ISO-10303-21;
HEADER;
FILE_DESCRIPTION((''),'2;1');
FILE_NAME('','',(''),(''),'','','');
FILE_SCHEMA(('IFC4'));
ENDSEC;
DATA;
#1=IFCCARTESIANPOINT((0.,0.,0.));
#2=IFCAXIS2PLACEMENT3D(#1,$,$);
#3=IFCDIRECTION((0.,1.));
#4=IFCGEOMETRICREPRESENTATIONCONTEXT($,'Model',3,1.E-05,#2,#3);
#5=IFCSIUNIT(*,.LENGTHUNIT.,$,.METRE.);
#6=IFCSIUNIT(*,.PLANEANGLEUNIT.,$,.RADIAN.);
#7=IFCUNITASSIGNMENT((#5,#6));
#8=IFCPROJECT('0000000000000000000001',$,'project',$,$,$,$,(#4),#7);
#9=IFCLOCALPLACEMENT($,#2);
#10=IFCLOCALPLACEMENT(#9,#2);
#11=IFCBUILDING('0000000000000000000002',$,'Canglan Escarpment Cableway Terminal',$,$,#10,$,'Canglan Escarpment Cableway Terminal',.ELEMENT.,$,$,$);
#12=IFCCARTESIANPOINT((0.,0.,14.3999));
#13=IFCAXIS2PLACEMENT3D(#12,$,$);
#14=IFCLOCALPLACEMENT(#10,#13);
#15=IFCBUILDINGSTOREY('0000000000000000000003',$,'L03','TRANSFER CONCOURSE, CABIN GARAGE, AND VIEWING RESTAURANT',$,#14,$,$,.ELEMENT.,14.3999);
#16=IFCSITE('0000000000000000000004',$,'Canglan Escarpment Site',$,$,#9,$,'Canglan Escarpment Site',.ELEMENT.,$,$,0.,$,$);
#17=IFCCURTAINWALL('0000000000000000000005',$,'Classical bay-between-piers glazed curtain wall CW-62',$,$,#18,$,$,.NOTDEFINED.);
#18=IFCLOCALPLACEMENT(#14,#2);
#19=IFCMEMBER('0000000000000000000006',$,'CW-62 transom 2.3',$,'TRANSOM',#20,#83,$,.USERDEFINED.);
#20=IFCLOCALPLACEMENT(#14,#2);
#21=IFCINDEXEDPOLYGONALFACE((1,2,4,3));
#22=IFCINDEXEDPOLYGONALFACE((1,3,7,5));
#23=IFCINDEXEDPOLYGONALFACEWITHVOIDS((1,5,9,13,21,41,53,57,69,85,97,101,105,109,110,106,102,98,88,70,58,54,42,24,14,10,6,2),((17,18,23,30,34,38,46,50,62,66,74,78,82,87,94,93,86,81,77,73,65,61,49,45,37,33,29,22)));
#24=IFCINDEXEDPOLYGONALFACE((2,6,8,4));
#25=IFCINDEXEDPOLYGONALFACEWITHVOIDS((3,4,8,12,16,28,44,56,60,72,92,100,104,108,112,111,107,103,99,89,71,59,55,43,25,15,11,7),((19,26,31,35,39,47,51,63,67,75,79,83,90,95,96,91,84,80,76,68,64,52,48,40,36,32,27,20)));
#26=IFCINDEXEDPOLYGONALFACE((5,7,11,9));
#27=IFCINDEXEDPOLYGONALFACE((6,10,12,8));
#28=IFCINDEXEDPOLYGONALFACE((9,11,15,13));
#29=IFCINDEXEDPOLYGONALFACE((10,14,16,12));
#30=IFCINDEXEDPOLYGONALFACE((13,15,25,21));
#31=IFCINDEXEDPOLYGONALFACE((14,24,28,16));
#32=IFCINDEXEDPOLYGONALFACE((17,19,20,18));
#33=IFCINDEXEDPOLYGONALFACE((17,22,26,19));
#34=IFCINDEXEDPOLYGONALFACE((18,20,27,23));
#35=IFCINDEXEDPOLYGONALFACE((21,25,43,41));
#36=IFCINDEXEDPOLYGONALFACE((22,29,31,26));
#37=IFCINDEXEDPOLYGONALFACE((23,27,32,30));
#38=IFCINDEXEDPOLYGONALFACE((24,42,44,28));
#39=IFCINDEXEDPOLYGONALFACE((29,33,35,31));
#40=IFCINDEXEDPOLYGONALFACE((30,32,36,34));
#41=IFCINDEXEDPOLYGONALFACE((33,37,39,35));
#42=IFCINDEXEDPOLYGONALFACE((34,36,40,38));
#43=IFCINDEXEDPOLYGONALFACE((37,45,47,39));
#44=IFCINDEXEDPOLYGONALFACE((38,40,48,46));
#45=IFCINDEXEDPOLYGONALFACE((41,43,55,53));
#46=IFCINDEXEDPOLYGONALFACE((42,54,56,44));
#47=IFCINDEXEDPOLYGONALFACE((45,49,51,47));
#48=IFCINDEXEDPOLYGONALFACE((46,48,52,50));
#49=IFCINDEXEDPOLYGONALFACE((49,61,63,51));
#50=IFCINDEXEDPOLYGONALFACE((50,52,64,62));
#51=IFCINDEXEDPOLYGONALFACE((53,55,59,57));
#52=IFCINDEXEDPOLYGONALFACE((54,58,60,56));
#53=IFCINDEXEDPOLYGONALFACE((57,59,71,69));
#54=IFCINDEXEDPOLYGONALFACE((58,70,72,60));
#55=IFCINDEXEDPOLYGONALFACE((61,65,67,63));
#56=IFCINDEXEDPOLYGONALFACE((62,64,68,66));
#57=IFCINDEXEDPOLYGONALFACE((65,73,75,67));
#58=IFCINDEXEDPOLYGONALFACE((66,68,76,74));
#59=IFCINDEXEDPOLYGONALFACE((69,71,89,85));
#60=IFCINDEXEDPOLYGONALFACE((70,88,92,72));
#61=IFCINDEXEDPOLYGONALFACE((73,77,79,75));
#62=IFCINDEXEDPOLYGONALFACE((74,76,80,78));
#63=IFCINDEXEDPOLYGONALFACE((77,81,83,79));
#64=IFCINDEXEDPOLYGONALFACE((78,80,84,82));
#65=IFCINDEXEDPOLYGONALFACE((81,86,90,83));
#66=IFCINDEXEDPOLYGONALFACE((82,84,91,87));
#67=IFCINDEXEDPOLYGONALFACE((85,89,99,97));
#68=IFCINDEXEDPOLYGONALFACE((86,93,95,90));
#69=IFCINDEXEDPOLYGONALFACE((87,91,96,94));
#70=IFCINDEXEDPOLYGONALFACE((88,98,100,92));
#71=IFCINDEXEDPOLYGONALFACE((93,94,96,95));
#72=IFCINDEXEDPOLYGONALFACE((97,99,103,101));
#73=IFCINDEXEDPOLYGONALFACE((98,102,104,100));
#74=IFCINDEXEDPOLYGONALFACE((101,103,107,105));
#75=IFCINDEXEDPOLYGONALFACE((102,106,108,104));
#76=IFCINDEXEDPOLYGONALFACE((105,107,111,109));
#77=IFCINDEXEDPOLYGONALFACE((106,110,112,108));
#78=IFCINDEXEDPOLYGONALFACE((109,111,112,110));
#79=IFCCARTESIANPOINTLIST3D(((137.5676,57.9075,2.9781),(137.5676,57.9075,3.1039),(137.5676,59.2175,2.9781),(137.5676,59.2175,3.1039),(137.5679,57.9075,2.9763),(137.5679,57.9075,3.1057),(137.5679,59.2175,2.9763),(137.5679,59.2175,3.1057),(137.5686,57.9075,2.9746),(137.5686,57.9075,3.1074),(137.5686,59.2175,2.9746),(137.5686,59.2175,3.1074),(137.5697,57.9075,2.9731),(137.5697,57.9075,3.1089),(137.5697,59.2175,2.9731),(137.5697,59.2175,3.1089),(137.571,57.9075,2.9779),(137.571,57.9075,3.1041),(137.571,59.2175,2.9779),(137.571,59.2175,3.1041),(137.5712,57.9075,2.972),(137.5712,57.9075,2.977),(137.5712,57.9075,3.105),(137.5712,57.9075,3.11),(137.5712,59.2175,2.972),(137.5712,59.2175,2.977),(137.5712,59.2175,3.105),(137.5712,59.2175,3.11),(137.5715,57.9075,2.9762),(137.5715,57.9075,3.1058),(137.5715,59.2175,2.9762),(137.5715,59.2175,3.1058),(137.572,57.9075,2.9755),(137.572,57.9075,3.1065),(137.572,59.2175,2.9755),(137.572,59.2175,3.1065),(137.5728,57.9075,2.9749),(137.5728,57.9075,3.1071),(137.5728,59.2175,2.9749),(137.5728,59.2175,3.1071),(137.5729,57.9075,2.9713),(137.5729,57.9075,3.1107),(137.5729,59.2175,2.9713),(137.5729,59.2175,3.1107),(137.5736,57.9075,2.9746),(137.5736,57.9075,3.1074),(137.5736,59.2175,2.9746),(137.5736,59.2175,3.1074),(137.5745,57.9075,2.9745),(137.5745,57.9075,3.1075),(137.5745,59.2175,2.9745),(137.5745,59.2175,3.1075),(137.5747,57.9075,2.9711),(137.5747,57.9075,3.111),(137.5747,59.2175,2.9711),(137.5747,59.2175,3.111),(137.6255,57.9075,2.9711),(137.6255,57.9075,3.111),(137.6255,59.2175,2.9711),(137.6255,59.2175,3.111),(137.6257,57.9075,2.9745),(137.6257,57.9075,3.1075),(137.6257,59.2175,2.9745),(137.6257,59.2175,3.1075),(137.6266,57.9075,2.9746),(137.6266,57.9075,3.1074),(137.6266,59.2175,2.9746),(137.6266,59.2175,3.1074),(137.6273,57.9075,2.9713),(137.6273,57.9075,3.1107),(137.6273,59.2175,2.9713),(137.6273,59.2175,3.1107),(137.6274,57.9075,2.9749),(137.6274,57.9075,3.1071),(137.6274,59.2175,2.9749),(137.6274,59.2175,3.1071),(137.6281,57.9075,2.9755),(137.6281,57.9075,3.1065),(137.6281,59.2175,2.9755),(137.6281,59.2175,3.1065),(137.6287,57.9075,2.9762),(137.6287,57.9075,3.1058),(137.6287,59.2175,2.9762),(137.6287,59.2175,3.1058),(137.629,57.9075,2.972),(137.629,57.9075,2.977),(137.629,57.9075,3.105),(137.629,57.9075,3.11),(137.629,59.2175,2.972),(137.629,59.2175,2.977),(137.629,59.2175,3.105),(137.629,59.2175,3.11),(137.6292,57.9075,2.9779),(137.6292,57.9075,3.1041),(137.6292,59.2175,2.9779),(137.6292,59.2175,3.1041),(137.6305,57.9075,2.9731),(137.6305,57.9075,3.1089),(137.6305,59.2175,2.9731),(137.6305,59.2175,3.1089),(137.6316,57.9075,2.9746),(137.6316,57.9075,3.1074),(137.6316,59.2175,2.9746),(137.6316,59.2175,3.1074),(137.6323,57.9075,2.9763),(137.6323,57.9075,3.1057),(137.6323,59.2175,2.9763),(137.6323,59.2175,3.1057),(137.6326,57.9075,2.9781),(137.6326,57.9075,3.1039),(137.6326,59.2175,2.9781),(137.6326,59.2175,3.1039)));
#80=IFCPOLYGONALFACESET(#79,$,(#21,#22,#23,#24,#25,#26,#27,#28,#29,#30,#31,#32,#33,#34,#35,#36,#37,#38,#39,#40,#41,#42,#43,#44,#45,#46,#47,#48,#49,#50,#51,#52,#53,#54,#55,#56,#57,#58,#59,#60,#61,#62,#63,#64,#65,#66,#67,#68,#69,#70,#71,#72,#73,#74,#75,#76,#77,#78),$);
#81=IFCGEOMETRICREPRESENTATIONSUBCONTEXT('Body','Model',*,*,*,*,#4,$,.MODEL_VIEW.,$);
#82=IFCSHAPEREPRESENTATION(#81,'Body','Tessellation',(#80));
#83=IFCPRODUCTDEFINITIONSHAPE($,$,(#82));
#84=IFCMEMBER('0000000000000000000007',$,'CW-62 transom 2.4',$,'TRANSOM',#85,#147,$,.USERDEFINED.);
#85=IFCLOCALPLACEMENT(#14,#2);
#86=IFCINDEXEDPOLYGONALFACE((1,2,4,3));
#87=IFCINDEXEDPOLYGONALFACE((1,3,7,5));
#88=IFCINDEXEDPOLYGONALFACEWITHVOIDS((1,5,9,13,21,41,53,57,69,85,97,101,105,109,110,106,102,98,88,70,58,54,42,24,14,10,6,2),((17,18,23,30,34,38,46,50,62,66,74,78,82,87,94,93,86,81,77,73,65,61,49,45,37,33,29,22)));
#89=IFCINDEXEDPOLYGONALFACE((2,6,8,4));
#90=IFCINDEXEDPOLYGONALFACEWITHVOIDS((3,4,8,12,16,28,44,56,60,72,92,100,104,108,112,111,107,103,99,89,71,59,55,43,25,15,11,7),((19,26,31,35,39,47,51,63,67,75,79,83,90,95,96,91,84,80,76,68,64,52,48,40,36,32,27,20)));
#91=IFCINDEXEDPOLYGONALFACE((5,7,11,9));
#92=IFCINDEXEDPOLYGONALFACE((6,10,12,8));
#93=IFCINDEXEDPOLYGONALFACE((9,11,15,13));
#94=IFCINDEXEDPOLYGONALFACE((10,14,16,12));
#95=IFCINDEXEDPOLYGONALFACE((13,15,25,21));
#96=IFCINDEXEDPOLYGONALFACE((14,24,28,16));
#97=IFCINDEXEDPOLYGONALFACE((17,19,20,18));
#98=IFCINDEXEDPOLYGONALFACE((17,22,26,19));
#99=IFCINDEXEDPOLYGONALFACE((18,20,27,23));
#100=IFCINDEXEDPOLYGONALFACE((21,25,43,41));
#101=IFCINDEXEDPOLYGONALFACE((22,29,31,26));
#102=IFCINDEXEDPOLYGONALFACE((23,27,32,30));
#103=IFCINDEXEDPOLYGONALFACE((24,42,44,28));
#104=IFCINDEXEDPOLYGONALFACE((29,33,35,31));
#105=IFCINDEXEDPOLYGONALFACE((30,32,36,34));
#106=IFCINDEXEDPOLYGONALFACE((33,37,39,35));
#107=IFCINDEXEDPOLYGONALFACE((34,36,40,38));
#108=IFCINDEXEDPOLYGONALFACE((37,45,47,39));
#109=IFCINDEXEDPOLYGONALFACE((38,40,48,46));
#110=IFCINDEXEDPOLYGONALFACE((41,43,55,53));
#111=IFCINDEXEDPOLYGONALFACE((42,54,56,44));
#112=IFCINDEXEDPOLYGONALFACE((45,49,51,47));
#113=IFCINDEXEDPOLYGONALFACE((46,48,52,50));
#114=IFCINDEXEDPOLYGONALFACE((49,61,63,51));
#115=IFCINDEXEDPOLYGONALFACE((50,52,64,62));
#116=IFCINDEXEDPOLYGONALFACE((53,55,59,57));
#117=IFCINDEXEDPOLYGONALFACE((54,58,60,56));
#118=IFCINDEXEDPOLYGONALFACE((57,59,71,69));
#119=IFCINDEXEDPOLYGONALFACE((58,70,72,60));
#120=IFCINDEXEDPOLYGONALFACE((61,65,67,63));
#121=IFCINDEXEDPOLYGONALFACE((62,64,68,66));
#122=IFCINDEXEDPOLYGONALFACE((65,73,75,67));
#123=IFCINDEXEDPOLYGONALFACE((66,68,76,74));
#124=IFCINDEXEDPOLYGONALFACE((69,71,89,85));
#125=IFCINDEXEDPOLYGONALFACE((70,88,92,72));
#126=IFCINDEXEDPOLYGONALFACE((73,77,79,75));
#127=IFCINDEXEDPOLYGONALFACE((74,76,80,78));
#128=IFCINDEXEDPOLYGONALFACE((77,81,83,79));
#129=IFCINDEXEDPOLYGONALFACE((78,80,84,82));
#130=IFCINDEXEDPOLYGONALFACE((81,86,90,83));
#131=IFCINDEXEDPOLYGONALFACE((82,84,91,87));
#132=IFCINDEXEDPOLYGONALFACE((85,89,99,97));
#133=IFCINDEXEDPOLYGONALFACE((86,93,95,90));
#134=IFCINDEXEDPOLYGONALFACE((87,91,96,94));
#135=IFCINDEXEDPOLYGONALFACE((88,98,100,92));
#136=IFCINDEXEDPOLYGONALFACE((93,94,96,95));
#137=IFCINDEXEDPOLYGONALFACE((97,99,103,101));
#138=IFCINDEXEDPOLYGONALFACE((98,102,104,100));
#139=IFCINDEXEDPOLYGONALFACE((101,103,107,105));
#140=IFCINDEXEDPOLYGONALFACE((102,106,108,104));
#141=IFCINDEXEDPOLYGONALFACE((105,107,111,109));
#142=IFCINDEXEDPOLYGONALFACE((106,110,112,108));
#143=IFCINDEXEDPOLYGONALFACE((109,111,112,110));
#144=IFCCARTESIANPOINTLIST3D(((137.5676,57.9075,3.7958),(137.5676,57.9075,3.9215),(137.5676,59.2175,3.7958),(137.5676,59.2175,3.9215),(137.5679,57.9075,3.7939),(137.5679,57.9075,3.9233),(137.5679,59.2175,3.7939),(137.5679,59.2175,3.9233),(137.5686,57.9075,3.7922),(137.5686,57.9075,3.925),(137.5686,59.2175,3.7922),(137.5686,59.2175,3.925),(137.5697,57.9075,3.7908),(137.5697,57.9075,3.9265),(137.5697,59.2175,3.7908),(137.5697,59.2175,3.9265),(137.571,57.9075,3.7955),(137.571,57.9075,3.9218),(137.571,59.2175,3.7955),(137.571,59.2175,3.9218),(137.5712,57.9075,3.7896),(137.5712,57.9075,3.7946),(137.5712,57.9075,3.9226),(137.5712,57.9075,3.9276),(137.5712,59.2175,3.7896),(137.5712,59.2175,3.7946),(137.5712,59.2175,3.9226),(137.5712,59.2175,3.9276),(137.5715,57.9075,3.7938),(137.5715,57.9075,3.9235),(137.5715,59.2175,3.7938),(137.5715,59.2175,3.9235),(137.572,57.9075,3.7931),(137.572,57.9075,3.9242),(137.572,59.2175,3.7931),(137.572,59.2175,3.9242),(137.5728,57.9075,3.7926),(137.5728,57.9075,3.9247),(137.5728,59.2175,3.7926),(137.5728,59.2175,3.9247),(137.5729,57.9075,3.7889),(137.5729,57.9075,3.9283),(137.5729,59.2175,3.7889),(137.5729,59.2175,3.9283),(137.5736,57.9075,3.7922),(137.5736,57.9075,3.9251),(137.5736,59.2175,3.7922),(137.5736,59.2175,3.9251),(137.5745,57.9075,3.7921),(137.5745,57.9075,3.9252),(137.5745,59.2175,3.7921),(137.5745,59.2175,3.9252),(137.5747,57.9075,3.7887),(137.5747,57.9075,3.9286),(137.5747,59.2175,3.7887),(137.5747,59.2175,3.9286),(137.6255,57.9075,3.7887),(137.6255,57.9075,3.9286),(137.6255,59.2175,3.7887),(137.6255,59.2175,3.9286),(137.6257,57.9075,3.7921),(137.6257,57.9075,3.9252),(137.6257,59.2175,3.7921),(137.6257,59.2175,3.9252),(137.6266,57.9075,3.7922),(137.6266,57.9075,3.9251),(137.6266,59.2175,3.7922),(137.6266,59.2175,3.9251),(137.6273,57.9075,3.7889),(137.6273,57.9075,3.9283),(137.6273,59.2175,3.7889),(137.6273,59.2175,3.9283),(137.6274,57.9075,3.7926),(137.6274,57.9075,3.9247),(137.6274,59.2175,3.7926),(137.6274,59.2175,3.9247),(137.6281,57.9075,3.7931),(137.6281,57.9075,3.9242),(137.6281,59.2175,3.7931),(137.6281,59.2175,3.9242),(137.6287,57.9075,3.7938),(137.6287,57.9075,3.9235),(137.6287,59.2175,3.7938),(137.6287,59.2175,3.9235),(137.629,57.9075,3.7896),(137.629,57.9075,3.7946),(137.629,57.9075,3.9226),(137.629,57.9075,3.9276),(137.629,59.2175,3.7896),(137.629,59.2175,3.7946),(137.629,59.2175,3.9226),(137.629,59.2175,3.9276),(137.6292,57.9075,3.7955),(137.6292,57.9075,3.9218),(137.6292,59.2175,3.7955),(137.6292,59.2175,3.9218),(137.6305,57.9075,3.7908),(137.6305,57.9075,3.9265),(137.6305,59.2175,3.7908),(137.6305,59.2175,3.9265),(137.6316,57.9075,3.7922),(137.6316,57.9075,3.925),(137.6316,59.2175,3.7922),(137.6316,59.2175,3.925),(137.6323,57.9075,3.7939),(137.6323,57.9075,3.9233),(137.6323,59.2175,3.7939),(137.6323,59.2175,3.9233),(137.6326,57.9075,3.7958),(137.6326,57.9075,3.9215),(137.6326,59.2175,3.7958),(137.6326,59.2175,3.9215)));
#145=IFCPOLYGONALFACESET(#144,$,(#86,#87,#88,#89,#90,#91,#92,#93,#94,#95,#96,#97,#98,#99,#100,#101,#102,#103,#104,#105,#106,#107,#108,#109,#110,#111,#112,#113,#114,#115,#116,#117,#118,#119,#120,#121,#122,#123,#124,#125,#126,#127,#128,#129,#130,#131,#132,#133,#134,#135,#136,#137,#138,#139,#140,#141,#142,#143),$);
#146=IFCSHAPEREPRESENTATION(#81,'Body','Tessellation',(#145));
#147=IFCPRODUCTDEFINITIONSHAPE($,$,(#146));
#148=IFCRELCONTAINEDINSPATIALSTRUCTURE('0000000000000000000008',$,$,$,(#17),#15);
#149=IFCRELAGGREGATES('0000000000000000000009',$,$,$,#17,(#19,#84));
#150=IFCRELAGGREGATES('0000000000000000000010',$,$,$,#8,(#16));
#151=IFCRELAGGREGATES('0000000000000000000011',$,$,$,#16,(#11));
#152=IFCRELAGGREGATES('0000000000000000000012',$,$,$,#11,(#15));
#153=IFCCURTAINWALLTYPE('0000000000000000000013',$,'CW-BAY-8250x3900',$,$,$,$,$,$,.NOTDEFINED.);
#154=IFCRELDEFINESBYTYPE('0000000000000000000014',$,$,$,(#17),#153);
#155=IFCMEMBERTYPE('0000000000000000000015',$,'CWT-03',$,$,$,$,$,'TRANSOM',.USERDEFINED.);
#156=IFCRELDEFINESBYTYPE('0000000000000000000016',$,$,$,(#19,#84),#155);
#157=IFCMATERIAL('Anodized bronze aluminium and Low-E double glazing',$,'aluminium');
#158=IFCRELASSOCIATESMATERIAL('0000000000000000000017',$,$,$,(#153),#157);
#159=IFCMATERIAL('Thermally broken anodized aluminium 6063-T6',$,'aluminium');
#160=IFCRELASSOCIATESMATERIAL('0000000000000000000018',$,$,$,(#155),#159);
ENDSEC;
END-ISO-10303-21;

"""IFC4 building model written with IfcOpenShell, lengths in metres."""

from ifc_helpers import new_model, si_unit, direction, frame, origin, origin_2d, place, context, subcontext, project, spatial, hollow_rectangle, extrude, material, material_profile, profile_set, type_object, element, aggregate, save


model = new_model("IFC4")

# Units and contexts
model_context = context("Model", 3, precision=1e-05, world=origin(), true_north=direction((0.0, 1.0)))
body_context = subcontext(model_context, "Body", "Model", "MODEL_VIEW")
ifc_project = project(units=[si_unit("LENGTHUNIT", "METRE"), si_unit("PLANEANGLEUNIT", "RADIAN")], contexts=[model_context])

# Site, building, storey
site_placement = place(None, origin())
site = spatial("IfcSite", under=ifc_project, at=site_placement, Name="Canglan Escarpment Site", LongName="Canglan Escarpment Site", CompositionType="ELEMENT", RefElevation=0.0)
building_placement = place(site_placement, origin())
building = spatial("IfcBuilding", under=site, at=building_placement, Name="Canglan Escarpment Cableway Terminal", LongName="Canglan Escarpment Cableway Terminal", CompositionType="ELEMENT")
storey_placement = place(building_placement, frame((0.0, 0.0, 14.3999)))
storey = spatial("IfcBuildingStorey", under=building, at=storey_placement, Name="L03", Description="TRANSFER CONCOURSE, CABIN GARAGE, AND VIEWING RESTAURANT", CompositionType="ELEMENT", Elevation=14.3999)

# Curtain wall, members
ifc_material_1 = material(Name="Anodized bronze aluminium and Low-E double glazing", Category="aluminium")
curtain_wall_type = type_object("IfcCurtainWallType", Name="CW-BAY-8250x3900", PredefinedType="NOTDEFINED", material=ifc_material_1)
curtain_wall_placement = place(storey_placement, origin())
curtain_wall = element("IfcCurtainWall", 1, at=curtain_wall_placement, inside=storey, type_object=curtain_wall_type, Name="Classical bay-between-piers glazed curtain wall CW-62", PredefinedType="NOTDEFINED")
ifc_material_2 = material(Name="Thermally broken anodized aluminium 6063-T6", Category="aluminium")
ifc_material_profile_1 = material_profile(ifc_material_2, hollow_rectangle(XDim=0.0649, YDim=0.1399, WallThickness=0.0034, InnerFilletRadius=0.0034, OuterFilletRadius=0.0071, at=origin_2d()), Name="ALU-TRAN 65x140x3.5")
ifc_profile_set_1 = profile_set([ifc_material_profile_1], Name="Thermally broken anodized aluminium 6063-T6")
member_type_1 = type_object("IfcMemberType", Name="CWT-03", ElementType="TRANSOM", PredefinedType="USERDEFINED", material=ifc_profile_set_1)
member_1_placement = place(storey_placement, frame((137.6001, 59.2175, 3.041), z_axis=(0.0, -1.0, 0.0), x_axis=(1.0, 0.0, 0.0)))
member_1 = element("IfcMember", 2, at=member_1_placement, type_object=member_type_1, Name="CW-62 transom 2.3", ObjectType="TRANSOM", PredefinedType="USERDEFINED", context=body_context, shape_type="SweptSolid", body=[
    extrude(hollow_rectangle(XDim=0.0649, YDim=0.1399, WallThickness=0.0034, InnerFilletRadius=0.0034, OuterFilletRadius=0.0071, at=origin_2d()), origin(), (0.0, 0.0, 1.0), 1.3101),
])
member_2_placement = place(storey_placement, frame((137.6001, 59.2175, 3.8586), z_axis=(0.0, -1.0, 0.0), x_axis=(1.0, 0.0, 0.0)))
member_2 = element("IfcMember", 3, at=member_2_placement, type_object=member_type_1, Name="CW-62 transom 2.4", ObjectType="TRANSOM", PredefinedType="USERDEFINED", context=body_context, shape_type="SweptSolid", body=[
    extrude(hollow_rectangle(XDim=0.0649, YDim=0.1399, WallThickness=0.0034, InnerFilletRadius=0.0034, OuterFilletRadius=0.0071, at=origin_2d()), origin(), (0.0, 0.0, 1.0), 1.3101),
])
aggregate(curtain_wall, [member_1, member_2])

save(model, "model.ifc")
